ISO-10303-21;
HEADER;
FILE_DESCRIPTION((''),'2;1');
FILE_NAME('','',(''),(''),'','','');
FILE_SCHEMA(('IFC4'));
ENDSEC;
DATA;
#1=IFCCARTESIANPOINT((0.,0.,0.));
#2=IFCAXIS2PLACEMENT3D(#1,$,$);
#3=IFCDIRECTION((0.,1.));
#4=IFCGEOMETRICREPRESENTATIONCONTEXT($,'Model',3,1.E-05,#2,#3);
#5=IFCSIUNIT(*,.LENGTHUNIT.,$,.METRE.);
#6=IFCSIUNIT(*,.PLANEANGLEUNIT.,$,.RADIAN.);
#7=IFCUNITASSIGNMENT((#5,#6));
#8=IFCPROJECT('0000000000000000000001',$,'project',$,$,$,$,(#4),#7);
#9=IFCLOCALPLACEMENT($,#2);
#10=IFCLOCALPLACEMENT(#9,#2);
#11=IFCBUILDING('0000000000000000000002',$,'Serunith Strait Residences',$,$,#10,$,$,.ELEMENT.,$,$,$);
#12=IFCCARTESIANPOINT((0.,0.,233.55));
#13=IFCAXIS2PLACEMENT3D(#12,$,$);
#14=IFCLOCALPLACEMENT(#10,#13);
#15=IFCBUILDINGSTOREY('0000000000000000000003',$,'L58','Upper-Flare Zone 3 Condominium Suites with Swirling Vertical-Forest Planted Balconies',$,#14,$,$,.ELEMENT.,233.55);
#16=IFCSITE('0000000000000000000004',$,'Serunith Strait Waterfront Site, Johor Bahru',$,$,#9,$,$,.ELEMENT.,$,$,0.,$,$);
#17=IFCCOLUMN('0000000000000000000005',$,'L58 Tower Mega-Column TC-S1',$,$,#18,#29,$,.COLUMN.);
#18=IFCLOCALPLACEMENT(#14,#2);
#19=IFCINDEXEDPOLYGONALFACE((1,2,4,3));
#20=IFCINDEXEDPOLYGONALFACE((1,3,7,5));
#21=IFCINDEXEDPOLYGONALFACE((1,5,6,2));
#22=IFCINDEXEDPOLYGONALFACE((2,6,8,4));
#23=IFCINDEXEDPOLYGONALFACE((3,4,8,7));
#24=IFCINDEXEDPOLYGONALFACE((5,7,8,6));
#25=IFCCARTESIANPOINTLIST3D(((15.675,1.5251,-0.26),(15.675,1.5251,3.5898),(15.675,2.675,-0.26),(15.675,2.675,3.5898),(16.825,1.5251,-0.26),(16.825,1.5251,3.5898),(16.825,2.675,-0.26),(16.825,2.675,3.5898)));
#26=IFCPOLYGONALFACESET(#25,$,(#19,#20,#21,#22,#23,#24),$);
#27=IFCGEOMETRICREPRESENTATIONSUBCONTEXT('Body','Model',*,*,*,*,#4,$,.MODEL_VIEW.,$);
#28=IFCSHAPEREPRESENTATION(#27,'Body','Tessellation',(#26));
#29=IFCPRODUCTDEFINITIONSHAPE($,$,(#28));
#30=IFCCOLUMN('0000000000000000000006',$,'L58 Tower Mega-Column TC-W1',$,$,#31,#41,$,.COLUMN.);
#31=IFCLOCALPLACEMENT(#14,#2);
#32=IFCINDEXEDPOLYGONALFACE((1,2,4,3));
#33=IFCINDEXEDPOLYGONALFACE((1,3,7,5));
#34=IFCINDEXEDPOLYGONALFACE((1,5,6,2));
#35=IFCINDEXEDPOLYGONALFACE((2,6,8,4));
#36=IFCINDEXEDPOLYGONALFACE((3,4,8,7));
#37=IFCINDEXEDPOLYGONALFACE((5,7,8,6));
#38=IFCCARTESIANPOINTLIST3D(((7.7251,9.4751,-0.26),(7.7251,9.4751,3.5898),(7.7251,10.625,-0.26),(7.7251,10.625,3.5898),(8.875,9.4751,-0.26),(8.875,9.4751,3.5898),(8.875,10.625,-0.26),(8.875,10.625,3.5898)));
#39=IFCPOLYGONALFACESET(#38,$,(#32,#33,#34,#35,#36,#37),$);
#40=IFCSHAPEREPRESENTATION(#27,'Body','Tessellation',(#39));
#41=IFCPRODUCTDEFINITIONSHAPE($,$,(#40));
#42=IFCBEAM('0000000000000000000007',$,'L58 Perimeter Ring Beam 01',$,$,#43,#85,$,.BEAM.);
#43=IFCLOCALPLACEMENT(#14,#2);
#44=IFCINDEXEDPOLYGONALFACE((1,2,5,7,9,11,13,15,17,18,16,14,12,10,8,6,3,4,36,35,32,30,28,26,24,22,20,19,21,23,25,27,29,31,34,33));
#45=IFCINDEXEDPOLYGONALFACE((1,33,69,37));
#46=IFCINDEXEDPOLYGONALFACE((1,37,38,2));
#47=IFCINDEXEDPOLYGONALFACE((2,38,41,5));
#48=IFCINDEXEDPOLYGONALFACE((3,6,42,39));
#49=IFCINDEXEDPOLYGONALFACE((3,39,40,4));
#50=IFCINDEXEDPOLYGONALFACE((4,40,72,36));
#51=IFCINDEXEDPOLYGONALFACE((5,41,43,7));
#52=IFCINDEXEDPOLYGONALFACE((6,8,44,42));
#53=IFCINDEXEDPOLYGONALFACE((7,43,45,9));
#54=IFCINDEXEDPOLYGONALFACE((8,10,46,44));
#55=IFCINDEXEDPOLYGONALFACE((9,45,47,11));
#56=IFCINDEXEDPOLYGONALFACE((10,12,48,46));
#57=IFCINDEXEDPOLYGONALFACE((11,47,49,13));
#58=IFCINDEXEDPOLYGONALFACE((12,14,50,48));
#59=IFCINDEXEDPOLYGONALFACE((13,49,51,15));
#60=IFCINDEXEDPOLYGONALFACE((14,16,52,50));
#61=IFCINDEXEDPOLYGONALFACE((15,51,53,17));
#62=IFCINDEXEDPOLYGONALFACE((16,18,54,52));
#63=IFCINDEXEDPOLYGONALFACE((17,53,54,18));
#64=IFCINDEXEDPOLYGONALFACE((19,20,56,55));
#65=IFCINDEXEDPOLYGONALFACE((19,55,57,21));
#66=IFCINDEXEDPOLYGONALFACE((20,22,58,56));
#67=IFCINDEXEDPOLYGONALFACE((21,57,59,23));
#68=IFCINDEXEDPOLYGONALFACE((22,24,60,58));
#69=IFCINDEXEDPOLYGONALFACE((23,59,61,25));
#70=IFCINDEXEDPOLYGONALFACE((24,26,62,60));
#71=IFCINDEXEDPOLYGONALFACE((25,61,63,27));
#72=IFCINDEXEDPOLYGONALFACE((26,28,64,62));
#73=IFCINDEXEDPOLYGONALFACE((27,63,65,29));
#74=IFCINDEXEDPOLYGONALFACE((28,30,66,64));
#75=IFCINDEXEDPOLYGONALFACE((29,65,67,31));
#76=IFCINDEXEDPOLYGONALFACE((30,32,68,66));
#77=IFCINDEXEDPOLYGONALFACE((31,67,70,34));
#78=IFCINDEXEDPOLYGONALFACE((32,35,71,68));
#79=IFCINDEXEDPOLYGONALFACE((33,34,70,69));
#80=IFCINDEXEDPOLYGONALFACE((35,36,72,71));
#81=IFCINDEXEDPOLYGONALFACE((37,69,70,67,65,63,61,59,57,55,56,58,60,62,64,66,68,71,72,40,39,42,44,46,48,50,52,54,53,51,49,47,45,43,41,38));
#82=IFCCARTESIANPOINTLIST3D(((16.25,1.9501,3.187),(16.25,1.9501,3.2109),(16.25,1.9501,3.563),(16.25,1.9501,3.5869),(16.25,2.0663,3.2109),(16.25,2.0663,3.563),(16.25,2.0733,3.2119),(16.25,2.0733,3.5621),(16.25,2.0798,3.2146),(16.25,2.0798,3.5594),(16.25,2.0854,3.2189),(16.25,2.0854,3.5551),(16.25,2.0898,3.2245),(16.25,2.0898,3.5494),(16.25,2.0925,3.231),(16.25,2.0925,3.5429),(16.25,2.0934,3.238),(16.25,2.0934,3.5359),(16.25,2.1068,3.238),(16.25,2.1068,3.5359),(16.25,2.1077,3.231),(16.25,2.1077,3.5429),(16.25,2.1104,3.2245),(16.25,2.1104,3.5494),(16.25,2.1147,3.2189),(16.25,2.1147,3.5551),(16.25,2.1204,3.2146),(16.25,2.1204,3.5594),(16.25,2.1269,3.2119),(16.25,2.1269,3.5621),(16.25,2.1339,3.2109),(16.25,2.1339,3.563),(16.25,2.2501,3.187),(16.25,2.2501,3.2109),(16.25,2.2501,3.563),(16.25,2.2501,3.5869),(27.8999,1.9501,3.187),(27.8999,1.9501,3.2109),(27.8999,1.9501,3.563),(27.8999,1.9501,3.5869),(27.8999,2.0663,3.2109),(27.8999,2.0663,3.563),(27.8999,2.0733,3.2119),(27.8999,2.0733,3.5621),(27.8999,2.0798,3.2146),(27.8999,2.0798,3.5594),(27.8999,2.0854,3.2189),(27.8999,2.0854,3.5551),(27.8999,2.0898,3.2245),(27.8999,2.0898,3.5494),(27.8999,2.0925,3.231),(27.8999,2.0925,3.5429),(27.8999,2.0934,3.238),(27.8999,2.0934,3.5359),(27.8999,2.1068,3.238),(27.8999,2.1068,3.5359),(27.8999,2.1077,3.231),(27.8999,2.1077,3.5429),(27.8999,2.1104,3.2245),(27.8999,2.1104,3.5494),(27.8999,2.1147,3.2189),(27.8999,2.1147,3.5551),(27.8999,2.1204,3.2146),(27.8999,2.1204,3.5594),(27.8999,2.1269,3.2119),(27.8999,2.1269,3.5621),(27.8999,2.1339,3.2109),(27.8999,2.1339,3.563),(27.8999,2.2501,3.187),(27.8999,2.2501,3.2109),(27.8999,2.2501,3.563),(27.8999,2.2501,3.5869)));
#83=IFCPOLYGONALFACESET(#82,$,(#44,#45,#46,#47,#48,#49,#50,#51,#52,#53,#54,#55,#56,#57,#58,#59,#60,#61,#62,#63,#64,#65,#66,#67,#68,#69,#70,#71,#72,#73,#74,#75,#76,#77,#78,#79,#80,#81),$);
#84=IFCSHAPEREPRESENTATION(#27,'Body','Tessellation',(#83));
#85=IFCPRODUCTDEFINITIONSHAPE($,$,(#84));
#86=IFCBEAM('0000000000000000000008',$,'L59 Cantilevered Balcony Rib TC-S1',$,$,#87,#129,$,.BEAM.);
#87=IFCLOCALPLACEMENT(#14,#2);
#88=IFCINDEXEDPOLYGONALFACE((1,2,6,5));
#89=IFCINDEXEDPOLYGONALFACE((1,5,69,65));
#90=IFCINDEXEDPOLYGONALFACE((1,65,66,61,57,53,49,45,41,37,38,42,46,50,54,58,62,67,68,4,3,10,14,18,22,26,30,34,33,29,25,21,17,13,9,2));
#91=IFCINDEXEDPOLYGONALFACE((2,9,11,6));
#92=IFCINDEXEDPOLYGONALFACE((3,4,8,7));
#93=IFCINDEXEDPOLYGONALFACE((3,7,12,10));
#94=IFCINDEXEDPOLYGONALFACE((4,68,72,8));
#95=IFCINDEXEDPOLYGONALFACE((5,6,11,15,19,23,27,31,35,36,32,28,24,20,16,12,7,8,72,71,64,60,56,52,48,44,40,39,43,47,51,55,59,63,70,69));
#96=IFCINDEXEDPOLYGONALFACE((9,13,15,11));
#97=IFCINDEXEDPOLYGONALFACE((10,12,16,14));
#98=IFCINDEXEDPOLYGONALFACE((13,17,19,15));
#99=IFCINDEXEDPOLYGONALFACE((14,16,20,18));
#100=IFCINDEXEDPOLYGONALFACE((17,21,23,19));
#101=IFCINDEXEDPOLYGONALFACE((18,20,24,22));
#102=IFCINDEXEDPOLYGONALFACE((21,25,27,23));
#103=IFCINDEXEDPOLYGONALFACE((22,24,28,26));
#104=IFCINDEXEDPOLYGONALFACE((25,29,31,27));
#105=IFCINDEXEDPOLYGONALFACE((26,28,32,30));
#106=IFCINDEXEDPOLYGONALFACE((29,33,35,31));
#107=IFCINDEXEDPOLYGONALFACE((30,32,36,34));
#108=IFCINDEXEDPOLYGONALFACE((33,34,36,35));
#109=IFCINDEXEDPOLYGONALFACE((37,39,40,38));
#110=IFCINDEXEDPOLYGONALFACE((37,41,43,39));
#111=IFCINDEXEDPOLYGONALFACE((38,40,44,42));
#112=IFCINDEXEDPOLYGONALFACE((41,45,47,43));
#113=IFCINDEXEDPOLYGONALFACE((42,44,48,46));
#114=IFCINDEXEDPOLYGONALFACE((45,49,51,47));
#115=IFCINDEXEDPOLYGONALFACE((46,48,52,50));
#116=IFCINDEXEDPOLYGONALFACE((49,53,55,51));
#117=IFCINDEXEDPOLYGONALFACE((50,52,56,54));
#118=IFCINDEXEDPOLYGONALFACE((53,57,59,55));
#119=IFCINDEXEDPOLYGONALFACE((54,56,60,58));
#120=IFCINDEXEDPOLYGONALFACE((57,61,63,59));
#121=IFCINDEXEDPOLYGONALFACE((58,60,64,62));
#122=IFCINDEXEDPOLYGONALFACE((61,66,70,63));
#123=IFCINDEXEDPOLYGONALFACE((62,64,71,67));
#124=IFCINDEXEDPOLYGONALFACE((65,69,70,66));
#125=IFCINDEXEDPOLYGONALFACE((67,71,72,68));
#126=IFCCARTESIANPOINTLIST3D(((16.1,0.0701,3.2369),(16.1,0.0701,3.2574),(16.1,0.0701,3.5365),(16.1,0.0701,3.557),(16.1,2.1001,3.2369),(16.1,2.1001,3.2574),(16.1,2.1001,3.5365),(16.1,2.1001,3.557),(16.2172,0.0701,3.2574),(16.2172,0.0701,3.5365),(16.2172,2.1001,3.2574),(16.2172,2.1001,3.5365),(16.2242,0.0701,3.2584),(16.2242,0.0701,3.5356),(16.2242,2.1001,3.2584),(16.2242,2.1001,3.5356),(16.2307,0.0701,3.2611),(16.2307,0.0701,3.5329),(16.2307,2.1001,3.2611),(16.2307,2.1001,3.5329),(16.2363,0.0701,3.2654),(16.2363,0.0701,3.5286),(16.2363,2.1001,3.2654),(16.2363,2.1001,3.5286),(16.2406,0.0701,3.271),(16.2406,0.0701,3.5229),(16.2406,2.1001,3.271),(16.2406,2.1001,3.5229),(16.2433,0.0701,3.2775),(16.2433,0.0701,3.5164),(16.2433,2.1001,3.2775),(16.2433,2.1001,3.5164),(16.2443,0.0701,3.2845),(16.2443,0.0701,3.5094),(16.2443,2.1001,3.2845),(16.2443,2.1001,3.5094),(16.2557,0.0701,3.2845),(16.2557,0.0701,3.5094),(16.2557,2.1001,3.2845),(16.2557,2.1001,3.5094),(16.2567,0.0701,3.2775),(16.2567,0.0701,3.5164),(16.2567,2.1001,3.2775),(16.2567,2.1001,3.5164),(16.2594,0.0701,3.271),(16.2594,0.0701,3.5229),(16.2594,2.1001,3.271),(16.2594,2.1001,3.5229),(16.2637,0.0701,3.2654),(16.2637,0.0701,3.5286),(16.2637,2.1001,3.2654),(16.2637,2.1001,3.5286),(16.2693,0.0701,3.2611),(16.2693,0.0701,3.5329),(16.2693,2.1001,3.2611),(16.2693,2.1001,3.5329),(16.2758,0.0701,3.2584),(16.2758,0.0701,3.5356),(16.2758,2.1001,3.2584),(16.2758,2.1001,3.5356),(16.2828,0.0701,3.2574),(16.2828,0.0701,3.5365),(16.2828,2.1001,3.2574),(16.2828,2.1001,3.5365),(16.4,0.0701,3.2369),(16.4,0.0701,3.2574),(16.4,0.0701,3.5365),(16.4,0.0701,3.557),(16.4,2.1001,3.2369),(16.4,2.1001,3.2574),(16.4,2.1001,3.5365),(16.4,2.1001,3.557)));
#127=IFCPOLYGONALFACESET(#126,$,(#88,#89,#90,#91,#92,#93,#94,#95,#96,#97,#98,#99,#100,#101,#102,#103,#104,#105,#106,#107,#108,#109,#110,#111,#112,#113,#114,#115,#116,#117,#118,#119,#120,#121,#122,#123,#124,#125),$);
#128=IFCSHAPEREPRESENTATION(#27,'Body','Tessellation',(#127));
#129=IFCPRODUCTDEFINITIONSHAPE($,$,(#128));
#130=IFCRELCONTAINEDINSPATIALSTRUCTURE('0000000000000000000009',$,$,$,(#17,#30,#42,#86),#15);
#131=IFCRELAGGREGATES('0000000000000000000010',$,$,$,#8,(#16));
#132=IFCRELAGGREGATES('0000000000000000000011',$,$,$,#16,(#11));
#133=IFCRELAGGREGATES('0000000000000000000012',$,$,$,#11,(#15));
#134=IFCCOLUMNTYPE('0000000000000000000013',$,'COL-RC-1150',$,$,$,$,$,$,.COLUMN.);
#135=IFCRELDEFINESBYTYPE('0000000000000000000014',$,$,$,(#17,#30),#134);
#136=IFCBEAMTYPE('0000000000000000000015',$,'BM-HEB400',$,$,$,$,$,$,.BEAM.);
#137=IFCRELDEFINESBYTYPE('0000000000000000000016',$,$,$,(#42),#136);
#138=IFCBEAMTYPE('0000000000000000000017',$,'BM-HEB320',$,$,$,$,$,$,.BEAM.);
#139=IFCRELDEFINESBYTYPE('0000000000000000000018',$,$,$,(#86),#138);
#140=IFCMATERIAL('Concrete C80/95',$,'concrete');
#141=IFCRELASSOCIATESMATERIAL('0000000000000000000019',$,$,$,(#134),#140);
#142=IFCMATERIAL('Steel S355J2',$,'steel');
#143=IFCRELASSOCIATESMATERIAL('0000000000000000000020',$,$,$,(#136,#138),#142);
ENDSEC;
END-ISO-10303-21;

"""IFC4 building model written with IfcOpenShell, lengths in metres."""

from ifc_helpers import new_model, si_unit, direction, frame, origin, origin_2d, place, context, subcontext, project, spatial, rectangle, i_section, extrude, source, transform, mapped, material, material_profile, profile_set, type_object, element, save


model = new_model("IFC4")

# Units and contexts
model_context = context("Model", 3, precision=1e-05, world=origin(), true_north=direction((0.0, 1.0)))
body_context = subcontext(model_context, "Body", "Model", "MODEL_VIEW")
ifc_project = project(units=[si_unit("LENGTHUNIT", "METRE"), si_unit("PLANEANGLEUNIT", "RADIAN")], contexts=[model_context])

# Site, building, storey
site_placement = place(None, origin())
site = spatial("IfcSite", under=ifc_project, at=site_placement, Name="Serunith Strait Waterfront Site, Johor Bahru", CompositionType="ELEMENT", RefElevation=0.0)
building_placement = place(site_placement, origin())
building = spatial("IfcBuilding", under=site, at=building_placement, Name="Serunith Strait Residences", CompositionType="ELEMENT")
storey_placement = place(building_placement, frame((0.0, 0.0, 233.55)))
storey = spatial("IfcBuildingStorey", under=building, at=storey_placement, Name="L58", Description="Upper-Flare Zone 3 Condominium Suites with Swirling Vertical-Forest Planted Balconies", CompositionType="ELEMENT", Elevation=233.55)

# Columns
ifc_material_1 = material(Name="Concrete C80/95", Category="concrete")
ifc_material_profile_1 = material_profile(ifc_material_1, rectangle(XDim=1.1499, YDim=1.1499, at=origin_2d()), Name="RC 1150x1150")
ifc_profile_set_1 = profile_set([ifc_material_profile_1], Name="Concrete C80/95")
column_type = type_object("IfcColumnType", Name="COL-RC-1150", PredefinedType="COLUMN", material=ifc_profile_set_1)
shared_shape_1 = source(origin(), body_context, "Body", "SweptSolid", [
    extrude(rectangle(XDim=1.1499, YDim=1.1499, at=origin_2d()), origin(), (0.0, 0.0, 1.0), 3.8499),
])
for number, where, z_axis, x_axis, name in (
    (1, (16.25, 2.1001, -0.26), (0.0, 0.0, 1.0), (1.0, 0.0, 0.0), "L58 Tower Mega-Column TC-S1"),
    (2, (8.3, 10.05, -0.26), (0.0, 0.0, 1.0), (1.0, 0.0, 0.0), "L58 Tower Mega-Column TC-W1"),
):
    element("IfcColumn", number, at=place(storey_placement, frame(where, z_axis=z_axis, x_axis=x_axis)), inside=storey, type_object=column_type, Name=name, PredefinedType="COLUMN", context=body_context, shape_type="MappedRepresentation", body=[
        mapped(shared_shape_1, transform((0.0, 0.0, 0.0), scale=1.0)),
    ])

# Beams
ifc_material_2 = material(Name="Steel S355J2", Category="steel")
ifc_material_profile_2 = material_profile(ifc_material_2, i_section(OverallWidth=0.3, OverallDepth=0.3999, WebThickness=0.0134, FlangeThickness=0.0239, FilletRadius=0.0271, at=origin_2d()), Name="HEB 400")
ifc_profile_set_2 = profile_set([ifc_material_profile_2], Name="Steel S355J2")
beam_type_1 = type_object("IfcBeamType", Name="BM-HEB400", PredefinedType="BEAM", material=ifc_profile_set_2)
shared_shape_2 = source(origin(), body_context, "Body", "SweptSolid", [
    extrude(i_section(OverallWidth=0.3, OverallDepth=0.3999, WebThickness=0.0134, FlangeThickness=0.0239, FilletRadius=0.0271, at=origin_2d()), origin(), (0.0, 0.0, 1.0), 11.6499),
])
beam_1_placement = place(storey_placement, frame((16.25, 2.1001, 3.387), z_axis=(1.0, 0.0, 0.0), x_axis=(0.0, 1.0, 0.0)))
element("IfcBeam", 3, at=beam_1_placement, inside=storey, type_object=beam_type_1, Name="L58 Perimeter Ring Beam 01", PredefinedType="BEAM", context=body_context, shape_type="MappedRepresentation", body=[
    mapped(shared_shape_2, transform((0.0, 0.0, 0.0), scale=1.0)),
])
ifc_material_profile_3 = material_profile(ifc_material_2, i_section(OverallWidth=0.3, OverallDepth=0.3201, WebThickness=0.0115, FlangeThickness=0.0205, FilletRadius=0.0271, at=origin_2d()), Name="HEB 320")
ifc_profile_set_3 = profile_set([ifc_material_profile_3], Name="Steel S355J2")
beam_type_2 = type_object("IfcBeamType", Name="BM-HEB320", PredefinedType="BEAM", material=ifc_profile_set_3)
shared_shape_3 = source(origin(), body_context, "Body", "SweptSolid", [
    extrude(i_section(OverallWidth=0.3, OverallDepth=0.3201, WebThickness=0.0115, FlangeThickness=0.0205, FilletRadius=0.0271, at=origin_2d()), origin(), (0.0, 0.0, 1.0), 2.03),
])
beam_2_placement = place(storey_placement, frame((16.25, 2.1001, 3.397), z_axis=(0.0, -1.0, 0.0), x_axis=(1.0, 0.0, 0.0)))
element("IfcBeam", 4, at=beam_2_placement, inside=storey, type_object=beam_type_2, Name="L59 Cantilevered Balcony Rib TC-S1", PredefinedType="BEAM", context=body_context, shape_type="MappedRepresentation", body=[
    mapped(shared_shape_3, transform((0.0, 0.0, 0.0), scale=1.0)),
])

save(model, "model.ifc")
